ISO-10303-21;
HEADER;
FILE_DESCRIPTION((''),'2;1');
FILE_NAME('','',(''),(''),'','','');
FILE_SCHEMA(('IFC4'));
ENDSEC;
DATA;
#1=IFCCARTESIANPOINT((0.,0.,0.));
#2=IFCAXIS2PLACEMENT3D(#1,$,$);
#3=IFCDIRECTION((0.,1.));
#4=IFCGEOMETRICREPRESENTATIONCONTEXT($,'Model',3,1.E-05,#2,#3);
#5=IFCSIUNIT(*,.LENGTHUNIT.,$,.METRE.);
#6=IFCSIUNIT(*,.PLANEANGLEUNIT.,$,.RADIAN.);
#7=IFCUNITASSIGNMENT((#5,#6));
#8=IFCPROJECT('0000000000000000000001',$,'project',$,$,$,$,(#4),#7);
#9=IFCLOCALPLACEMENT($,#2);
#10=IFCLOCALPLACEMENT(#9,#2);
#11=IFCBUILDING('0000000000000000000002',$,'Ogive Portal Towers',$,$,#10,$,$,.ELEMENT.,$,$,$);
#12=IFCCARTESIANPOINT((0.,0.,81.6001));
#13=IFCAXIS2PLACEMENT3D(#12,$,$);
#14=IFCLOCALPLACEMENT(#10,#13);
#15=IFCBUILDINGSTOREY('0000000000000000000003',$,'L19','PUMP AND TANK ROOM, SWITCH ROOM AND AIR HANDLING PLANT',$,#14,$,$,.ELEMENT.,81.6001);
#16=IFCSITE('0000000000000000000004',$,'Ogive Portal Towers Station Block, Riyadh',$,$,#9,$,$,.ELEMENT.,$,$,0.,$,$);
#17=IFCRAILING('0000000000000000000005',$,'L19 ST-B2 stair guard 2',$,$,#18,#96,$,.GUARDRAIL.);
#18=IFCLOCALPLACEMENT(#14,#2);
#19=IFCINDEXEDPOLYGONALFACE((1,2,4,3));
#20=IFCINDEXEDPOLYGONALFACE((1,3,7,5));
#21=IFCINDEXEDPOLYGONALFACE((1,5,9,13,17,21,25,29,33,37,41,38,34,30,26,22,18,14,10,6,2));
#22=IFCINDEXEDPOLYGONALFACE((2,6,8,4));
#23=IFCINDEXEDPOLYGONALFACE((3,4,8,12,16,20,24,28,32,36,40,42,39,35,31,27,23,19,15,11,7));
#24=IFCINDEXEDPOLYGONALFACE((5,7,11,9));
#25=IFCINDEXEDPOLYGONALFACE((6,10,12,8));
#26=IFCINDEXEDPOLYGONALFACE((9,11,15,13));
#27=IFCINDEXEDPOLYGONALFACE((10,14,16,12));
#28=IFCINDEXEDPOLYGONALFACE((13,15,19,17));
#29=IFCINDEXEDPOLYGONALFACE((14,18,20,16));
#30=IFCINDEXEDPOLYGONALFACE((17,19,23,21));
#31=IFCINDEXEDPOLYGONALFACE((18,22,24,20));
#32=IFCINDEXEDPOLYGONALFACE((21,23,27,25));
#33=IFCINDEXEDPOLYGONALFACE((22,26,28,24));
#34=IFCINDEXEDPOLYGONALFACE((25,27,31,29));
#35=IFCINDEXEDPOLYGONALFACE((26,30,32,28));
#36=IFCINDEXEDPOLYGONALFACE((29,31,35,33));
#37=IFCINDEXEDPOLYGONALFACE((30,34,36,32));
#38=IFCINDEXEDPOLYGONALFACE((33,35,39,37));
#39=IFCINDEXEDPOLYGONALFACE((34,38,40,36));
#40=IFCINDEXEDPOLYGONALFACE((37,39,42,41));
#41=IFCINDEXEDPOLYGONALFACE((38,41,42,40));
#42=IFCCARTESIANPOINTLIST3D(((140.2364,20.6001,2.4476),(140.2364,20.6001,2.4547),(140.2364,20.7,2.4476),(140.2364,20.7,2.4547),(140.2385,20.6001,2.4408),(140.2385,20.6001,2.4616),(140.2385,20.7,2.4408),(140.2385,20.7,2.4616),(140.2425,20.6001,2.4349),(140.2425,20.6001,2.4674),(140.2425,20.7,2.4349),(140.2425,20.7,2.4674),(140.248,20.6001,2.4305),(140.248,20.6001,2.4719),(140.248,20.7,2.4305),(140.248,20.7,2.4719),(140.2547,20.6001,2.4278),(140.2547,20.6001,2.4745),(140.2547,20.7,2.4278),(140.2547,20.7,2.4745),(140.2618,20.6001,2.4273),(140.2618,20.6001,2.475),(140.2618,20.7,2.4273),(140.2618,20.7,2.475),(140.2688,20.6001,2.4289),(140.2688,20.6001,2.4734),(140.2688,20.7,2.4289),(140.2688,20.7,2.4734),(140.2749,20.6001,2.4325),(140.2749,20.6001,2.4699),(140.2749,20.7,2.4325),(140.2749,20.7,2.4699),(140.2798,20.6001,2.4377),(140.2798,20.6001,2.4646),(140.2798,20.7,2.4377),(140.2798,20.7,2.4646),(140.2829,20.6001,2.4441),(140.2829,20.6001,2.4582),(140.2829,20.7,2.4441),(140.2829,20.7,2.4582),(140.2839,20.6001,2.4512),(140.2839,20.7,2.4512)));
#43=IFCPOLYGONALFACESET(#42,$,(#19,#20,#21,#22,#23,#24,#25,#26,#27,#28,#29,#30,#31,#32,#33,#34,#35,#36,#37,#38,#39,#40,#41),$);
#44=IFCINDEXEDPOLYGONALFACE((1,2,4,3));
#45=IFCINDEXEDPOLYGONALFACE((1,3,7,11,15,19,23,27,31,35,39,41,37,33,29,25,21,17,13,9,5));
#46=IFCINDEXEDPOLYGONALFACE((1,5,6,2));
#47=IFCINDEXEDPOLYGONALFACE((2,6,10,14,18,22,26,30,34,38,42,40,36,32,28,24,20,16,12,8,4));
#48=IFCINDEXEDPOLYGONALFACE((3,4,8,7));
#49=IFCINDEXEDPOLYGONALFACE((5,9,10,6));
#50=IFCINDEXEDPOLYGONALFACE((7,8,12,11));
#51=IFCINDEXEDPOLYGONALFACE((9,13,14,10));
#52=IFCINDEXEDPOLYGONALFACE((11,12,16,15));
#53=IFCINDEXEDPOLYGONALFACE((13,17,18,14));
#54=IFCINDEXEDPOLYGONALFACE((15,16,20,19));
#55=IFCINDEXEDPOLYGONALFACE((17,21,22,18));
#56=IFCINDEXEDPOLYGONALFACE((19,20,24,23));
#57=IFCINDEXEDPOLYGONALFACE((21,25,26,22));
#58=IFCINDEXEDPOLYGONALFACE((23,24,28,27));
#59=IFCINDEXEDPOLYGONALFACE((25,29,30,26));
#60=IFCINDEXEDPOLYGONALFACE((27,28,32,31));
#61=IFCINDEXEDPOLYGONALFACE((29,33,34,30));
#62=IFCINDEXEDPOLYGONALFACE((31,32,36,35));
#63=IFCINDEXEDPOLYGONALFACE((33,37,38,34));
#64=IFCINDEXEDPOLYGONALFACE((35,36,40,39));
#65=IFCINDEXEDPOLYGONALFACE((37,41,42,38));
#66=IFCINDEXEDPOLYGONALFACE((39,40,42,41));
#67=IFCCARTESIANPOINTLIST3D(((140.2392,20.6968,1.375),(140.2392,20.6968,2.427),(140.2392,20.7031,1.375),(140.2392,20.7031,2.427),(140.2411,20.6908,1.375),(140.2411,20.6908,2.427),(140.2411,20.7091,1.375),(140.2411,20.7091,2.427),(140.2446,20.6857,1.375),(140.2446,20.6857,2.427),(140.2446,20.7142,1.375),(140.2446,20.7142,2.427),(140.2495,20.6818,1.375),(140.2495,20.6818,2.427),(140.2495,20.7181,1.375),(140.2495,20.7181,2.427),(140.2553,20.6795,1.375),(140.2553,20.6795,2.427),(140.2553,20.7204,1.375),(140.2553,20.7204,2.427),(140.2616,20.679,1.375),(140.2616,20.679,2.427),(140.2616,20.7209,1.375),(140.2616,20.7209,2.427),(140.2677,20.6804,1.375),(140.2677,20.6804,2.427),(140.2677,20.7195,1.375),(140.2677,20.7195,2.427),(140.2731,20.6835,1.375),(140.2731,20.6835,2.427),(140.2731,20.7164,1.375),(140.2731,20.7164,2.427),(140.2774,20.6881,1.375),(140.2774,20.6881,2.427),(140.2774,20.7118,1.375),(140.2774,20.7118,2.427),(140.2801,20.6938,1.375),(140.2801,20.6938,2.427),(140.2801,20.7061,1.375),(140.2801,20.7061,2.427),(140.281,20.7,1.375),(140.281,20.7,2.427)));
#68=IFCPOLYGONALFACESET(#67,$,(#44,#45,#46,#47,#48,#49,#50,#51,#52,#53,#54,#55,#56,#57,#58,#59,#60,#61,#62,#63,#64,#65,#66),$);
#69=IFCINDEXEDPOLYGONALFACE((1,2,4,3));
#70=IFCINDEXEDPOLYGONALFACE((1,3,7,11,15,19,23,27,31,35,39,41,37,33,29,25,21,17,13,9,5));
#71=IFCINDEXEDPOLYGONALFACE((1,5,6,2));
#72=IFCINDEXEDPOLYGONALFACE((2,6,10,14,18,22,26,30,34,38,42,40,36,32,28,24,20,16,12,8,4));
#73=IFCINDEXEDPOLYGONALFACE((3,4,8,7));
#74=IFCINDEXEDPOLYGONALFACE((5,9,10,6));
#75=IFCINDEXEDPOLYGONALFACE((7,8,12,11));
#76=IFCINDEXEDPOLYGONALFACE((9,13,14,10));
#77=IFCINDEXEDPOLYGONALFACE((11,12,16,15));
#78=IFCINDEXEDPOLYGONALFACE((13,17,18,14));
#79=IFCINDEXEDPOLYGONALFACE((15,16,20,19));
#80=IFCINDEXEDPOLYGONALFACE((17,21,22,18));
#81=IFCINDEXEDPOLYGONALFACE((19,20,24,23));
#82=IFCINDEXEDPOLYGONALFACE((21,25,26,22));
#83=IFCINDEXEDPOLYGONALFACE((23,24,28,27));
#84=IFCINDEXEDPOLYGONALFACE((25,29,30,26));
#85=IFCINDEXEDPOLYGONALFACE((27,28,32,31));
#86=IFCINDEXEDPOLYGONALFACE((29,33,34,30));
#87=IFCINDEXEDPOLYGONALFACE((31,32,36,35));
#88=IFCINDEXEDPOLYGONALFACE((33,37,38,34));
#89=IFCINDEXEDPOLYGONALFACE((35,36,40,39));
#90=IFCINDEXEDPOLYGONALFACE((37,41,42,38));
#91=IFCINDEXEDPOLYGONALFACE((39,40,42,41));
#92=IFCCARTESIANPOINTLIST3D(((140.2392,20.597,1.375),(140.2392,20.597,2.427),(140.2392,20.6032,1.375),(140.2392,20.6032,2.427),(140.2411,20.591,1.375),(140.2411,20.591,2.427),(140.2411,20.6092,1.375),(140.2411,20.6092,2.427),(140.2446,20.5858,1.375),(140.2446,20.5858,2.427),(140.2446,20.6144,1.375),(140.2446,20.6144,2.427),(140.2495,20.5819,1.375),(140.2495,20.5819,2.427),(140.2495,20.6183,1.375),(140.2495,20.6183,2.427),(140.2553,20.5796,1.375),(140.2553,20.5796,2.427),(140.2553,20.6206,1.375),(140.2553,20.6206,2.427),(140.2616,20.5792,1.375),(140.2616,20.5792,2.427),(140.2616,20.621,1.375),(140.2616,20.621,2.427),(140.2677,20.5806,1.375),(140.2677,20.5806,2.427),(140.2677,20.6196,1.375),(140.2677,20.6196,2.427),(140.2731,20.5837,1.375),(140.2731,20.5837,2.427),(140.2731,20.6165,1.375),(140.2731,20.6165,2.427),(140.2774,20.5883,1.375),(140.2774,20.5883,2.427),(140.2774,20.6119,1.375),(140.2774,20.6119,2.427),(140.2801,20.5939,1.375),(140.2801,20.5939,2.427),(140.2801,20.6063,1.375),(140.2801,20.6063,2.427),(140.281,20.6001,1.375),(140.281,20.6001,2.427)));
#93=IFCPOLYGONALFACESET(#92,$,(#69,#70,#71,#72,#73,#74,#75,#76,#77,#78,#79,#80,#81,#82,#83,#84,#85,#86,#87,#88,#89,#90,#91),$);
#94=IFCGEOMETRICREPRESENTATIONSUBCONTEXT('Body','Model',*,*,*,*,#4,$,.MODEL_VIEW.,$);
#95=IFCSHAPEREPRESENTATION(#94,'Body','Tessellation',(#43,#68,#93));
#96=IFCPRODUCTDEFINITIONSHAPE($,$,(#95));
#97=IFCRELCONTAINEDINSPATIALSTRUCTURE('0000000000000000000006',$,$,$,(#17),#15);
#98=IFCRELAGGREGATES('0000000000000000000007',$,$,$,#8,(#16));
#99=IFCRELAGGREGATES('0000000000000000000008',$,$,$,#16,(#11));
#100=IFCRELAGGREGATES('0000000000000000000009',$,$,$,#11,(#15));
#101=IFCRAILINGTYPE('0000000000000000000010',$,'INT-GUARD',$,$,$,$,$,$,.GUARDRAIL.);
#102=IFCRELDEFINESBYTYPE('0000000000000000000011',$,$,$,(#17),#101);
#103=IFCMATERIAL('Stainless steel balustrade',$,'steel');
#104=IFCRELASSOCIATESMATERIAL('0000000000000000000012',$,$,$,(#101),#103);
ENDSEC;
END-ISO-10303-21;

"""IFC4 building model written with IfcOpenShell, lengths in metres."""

from ifc_helpers import new_model, si_unit, direction, frame, origin, origin_2d, place, context, subcontext, project, spatial, circle, extrude, material, type_object, element, save


model = new_model("IFC4")

# Units and contexts
model_context = context("Model", 3, precision=1e-05, world=origin(), true_north=direction((0.0, 1.0)))
body_context = subcontext(model_context, "Body", "Model", "MODEL_VIEW")
ifc_project = project(units=[si_unit("LENGTHUNIT", "METRE"), si_unit("PLANEANGLEUNIT", "RADIAN")], contexts=[model_context])

# Site, building, storey
site_placement = place(None, origin())
site = spatial("IfcSite", under=ifc_project, at=site_placement, Name="Ogive Portal Towers Station Block, Riyadh", CompositionType="ELEMENT", RefElevation=0.0)
building_placement = place(site_placement, origin())
building = spatial("IfcBuilding", under=site, at=building_placement, Name="Ogive Portal Towers", CompositionType="ELEMENT")
storey_placement = place(building_placement, frame((0.0, 0.0, 81.6001)))
storey = spatial("IfcBuildingStorey", under=building, at=storey_placement, Name="L19", Description="PUMP AND TANK ROOM, SWITCH ROOM AND AIR HANDLING PLANT", CompositionType="ELEMENT", Elevation=81.6001)

# Railing
ifc_material_1 = material(Name="Stainless steel balustrade", Category="steel")
railing_type_1 = type_object("IfcRailingType", Name="INT-GUARD", PredefinedType="GUARDRAIL", material=ifc_material_1)
railing_1_placement = place(storey_placement, frame((140.26, 20.7, 1.375)))
element("IfcRailing", 1, at=railing_1_placement, inside=storey, type_object=railing_type_1, Name="L19 ST-B2 stair guard 2", PredefinedType="GUARDRAIL", context=body_context, shape_type="SweptSolid", body=[
    extrude(circle(Radius=0.0239, at=origin_2d()), frame((0.0, 0.0, 1.0762), z_axis=(0.0, -1.0, 0.0), x_axis=(1.0, 0.0, 0.0)), (0.0, 0.0, 1.0), 0.0999),
    extrude(circle(Radius=0.021, at=origin_2d()), origin(), (0.0, 0.0, 1.0), 1.052),
    extrude(circle(Radius=0.021, at=origin_2d()), frame((0.0, -0.0999, 0.0)), (0.0, 0.0, 1.0), 1.052),
])

save(model, "model.ifc")
